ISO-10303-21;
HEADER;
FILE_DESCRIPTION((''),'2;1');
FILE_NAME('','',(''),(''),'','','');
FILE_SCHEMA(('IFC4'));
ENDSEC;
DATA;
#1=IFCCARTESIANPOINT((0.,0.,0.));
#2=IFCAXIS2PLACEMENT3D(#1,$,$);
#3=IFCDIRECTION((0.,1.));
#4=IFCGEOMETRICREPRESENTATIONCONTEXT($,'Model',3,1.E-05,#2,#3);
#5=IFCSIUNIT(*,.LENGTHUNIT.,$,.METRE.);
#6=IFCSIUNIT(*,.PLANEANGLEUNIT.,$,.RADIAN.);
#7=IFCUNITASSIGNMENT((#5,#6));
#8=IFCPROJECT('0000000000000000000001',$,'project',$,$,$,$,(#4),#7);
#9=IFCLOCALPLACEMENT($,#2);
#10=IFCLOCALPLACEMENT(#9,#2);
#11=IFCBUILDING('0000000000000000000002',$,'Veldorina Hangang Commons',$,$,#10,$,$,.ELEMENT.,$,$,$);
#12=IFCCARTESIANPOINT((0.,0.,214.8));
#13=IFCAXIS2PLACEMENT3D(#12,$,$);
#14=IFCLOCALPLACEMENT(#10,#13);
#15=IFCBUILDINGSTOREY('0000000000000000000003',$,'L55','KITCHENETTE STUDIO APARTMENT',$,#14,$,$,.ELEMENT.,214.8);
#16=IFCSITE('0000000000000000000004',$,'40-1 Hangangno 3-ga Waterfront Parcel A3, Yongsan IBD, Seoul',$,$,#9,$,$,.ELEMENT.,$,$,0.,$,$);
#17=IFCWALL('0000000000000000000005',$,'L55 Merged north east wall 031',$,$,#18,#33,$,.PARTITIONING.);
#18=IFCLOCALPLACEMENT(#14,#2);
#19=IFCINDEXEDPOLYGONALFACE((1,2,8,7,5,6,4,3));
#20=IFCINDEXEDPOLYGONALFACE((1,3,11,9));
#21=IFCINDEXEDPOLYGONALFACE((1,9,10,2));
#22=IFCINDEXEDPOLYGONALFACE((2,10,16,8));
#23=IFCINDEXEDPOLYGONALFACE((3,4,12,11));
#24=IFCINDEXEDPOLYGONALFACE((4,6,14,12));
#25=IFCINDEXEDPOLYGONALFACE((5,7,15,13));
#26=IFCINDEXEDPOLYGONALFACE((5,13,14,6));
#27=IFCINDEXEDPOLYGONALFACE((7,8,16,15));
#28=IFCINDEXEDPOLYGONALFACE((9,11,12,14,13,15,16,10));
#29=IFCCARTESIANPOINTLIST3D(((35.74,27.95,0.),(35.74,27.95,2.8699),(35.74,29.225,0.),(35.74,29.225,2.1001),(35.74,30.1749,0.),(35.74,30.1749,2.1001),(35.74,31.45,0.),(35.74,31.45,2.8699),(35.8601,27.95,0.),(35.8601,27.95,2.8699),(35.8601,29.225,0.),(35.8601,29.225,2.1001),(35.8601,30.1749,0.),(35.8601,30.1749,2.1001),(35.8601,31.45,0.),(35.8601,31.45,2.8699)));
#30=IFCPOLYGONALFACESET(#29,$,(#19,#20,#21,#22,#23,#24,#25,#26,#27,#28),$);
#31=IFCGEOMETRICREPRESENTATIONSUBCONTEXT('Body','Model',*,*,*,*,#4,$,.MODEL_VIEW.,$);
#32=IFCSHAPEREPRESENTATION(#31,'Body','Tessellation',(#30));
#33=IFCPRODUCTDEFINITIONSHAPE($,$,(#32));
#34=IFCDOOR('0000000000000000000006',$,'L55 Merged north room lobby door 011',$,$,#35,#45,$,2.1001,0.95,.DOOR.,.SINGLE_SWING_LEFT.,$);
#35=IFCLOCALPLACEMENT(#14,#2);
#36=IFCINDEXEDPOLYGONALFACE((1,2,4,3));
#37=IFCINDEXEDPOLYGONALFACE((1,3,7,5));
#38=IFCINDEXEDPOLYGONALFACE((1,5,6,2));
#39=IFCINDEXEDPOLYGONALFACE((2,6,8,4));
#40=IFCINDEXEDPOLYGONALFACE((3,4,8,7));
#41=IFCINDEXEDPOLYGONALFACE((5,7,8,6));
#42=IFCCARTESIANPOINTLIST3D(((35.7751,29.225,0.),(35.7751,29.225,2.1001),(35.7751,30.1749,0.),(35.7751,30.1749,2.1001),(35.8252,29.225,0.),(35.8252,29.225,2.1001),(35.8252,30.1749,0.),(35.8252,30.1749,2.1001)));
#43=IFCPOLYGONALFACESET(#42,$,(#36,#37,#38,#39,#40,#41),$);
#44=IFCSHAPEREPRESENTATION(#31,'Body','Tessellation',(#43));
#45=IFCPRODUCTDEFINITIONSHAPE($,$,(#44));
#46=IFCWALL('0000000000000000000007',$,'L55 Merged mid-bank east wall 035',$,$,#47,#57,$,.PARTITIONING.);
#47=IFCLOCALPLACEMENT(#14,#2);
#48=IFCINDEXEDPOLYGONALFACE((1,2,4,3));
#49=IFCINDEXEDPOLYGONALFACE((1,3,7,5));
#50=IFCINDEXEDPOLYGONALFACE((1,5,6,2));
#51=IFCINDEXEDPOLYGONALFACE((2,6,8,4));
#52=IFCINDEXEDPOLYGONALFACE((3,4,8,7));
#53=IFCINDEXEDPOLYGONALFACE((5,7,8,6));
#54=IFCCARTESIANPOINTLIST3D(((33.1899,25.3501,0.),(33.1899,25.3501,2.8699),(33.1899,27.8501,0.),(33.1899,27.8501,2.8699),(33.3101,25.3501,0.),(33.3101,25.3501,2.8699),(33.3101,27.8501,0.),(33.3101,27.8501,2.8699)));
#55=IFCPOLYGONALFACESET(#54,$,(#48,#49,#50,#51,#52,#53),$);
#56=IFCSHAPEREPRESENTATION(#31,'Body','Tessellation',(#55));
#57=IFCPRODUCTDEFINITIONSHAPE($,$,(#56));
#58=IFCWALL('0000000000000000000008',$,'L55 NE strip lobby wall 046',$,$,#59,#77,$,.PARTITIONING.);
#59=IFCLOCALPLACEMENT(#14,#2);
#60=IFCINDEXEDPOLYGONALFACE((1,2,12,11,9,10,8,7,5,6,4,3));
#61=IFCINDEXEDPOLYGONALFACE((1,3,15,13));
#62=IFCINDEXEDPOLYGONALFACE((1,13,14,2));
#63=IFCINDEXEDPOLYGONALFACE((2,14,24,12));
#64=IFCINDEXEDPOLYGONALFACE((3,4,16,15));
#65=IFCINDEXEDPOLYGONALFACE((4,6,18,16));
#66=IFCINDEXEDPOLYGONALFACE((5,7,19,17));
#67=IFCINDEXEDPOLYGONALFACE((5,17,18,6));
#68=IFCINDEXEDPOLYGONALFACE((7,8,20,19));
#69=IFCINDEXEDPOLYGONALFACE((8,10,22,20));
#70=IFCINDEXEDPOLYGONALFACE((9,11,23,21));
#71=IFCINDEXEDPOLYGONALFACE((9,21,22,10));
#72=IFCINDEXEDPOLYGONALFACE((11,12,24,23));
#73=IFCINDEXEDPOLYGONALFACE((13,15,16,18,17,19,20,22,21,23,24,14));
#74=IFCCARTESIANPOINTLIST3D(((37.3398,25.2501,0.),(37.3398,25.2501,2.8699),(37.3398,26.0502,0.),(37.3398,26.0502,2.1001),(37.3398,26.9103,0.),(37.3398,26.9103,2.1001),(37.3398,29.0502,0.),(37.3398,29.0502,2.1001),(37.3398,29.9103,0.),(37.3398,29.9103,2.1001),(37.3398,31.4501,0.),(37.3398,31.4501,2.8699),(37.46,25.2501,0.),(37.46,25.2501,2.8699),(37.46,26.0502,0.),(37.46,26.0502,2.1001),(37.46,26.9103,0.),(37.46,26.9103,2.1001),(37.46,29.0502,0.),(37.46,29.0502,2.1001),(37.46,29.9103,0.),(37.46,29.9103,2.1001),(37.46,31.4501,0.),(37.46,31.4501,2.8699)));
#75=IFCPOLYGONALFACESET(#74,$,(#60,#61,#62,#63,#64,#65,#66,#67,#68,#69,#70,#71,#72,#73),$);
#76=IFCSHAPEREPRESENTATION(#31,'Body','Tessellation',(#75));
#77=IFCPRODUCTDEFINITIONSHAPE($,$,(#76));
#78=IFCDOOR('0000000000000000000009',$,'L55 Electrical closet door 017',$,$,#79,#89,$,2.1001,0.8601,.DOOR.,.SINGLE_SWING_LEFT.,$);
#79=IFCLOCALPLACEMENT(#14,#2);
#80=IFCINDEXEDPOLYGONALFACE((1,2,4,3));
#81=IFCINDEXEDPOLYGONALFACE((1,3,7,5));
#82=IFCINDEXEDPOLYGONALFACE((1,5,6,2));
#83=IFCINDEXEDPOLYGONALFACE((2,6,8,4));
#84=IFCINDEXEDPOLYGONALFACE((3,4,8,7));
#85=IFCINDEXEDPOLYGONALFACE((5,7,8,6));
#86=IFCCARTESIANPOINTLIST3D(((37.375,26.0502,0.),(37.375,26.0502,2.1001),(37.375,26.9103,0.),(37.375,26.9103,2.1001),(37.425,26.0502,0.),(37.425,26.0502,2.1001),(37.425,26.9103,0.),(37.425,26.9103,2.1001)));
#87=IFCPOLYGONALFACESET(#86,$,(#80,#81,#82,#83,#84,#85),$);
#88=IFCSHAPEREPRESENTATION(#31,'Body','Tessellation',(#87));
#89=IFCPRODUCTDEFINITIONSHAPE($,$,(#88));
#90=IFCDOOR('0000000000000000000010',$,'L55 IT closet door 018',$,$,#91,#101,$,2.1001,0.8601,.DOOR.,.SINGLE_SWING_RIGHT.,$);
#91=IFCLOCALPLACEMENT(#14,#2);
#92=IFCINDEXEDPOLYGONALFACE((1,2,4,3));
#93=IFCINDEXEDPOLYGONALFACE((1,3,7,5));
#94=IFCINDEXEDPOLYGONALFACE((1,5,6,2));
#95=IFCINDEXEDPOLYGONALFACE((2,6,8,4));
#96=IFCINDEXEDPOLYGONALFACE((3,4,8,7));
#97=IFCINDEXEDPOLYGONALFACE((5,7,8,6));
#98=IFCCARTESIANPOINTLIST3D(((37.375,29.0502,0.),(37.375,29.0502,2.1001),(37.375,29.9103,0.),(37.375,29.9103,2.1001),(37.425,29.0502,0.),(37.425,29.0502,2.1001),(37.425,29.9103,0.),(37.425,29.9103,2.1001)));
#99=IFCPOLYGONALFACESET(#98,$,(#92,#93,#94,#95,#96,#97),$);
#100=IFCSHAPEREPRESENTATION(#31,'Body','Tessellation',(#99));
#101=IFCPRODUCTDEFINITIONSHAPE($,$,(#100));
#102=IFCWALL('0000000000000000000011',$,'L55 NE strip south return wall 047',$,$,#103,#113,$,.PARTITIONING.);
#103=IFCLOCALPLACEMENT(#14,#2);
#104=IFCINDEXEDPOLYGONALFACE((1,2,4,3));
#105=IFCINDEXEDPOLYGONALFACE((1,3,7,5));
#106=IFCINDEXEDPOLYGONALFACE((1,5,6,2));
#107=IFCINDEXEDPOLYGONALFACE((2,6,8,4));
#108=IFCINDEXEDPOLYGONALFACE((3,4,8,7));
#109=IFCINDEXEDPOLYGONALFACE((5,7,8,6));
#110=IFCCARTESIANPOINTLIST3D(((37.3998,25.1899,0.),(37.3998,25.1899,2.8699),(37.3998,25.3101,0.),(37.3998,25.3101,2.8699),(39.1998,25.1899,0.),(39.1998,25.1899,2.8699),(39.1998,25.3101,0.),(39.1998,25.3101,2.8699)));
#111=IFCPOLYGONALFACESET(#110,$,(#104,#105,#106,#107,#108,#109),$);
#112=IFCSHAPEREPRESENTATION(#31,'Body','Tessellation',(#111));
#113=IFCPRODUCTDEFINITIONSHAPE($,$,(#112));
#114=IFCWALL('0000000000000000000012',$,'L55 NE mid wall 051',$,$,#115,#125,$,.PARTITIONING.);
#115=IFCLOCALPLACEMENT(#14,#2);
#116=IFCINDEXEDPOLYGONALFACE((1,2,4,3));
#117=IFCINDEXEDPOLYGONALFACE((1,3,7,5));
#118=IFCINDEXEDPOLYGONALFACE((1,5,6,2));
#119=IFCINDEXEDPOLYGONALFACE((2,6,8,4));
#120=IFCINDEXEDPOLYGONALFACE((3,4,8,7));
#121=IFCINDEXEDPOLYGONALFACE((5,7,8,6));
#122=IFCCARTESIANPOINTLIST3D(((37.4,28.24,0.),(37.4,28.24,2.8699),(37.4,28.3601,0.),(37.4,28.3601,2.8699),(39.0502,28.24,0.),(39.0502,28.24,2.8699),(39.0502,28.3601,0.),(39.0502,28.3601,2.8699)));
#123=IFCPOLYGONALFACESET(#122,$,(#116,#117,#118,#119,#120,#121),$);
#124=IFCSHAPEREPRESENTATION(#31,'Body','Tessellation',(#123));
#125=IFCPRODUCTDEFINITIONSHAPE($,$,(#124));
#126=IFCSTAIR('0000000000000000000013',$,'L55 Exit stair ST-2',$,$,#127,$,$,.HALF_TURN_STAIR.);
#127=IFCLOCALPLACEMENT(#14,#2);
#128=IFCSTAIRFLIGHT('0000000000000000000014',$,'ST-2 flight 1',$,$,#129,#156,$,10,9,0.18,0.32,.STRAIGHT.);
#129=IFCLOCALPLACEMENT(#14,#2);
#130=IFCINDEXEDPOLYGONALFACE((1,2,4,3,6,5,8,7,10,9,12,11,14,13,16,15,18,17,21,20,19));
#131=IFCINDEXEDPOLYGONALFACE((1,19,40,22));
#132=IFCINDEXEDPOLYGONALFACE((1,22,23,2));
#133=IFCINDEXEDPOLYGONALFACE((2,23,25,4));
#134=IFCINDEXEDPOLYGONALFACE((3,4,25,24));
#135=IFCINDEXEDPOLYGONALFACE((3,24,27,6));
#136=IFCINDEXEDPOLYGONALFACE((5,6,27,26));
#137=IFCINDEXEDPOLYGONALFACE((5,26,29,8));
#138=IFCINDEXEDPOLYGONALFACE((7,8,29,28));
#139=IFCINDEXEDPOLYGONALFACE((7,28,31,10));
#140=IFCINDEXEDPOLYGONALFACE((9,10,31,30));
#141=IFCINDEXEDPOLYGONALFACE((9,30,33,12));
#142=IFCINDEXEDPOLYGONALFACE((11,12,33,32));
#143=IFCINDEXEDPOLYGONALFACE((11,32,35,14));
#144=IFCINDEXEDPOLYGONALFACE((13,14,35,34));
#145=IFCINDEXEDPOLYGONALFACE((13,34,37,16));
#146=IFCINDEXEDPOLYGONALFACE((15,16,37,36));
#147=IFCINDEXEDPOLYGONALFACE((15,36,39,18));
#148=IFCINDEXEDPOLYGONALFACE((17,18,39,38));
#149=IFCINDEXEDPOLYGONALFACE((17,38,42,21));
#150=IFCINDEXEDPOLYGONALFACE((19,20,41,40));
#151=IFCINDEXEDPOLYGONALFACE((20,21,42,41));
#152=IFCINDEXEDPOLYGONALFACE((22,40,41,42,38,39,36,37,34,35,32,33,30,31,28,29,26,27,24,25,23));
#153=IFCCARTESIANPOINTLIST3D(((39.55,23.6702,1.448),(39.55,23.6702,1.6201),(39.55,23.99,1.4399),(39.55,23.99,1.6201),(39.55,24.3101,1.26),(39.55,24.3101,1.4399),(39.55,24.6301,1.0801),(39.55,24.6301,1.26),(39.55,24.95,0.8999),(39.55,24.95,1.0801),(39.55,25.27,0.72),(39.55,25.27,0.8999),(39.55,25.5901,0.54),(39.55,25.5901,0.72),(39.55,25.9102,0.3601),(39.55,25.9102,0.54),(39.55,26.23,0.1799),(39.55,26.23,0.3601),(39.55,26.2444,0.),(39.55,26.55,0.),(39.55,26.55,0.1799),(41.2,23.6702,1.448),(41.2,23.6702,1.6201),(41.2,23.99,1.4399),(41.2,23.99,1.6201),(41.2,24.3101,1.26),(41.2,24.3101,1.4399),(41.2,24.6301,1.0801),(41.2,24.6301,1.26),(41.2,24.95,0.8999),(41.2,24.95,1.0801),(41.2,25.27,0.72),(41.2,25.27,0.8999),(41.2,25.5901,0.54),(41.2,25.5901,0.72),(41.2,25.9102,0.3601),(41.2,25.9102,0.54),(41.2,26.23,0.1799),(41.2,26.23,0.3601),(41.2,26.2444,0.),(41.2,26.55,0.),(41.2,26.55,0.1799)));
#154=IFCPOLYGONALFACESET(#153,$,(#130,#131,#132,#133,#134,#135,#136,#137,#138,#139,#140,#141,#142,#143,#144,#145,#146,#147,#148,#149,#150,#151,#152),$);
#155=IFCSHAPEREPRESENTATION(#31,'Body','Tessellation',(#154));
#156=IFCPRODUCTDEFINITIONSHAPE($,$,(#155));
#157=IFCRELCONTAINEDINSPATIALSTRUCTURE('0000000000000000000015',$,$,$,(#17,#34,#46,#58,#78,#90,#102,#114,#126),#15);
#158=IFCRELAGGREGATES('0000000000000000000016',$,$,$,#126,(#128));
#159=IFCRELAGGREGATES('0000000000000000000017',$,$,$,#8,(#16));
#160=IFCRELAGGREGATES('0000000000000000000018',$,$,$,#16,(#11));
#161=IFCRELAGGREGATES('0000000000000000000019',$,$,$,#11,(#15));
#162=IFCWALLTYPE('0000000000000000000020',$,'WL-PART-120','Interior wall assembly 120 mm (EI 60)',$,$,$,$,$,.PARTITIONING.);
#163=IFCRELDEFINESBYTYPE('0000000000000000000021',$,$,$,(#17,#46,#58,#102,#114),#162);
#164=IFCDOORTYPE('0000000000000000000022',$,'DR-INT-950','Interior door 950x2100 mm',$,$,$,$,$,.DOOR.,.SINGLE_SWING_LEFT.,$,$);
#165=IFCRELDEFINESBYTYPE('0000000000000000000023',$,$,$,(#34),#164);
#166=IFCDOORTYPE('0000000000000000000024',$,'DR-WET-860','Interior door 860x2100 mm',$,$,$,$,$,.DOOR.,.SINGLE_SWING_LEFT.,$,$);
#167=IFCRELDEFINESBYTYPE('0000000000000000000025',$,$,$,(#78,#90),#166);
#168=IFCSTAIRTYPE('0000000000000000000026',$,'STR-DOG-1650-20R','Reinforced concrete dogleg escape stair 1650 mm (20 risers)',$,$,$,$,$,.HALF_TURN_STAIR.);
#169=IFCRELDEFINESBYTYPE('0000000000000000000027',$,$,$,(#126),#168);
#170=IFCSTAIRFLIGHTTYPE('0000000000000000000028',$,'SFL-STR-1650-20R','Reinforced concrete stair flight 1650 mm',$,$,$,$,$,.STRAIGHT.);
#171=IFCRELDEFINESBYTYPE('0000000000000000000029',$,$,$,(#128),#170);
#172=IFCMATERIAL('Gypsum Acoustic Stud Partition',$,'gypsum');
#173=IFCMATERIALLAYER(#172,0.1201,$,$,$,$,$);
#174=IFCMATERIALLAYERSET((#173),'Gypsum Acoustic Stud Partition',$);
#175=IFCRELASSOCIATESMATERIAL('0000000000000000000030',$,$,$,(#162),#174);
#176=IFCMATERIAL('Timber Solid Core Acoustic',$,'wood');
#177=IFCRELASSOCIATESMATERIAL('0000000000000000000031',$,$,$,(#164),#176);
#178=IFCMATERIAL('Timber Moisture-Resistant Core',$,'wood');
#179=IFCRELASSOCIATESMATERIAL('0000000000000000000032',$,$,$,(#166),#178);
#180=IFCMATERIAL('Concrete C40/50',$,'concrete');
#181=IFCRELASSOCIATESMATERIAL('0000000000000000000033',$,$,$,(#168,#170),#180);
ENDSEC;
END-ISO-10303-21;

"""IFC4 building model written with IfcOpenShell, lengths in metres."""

from ifc_helpers import new_model, si_unit, direction, frame, frame_2d, origin, place, context, subcontext, project, spatial, polyline, rectangle, outline, extrude, material, layer, layer_set, type_object, element, fill, aggregate, save


model = new_model("IFC4")

# Units and contexts
model_context = context("Model", 3, precision=1e-05, world=origin(), true_north=direction((0.0, 1.0)))
body_context = subcontext(model_context, "Body", "Model", "MODEL_VIEW")
ifc_project = project(units=[si_unit("LENGTHUNIT", "METRE"), si_unit("PLANEANGLEUNIT", "RADIAN")], contexts=[model_context])

# Site, building, storey
site_placement = place(None, origin())
site = spatial("IfcSite", under=ifc_project, at=site_placement, Name="40-1 Hangangno 3-ga Waterfront Parcel A3, Yongsan IBD, Seoul", CompositionType="ELEMENT", RefElevation=0.0)
building_placement = place(site_placement, origin())
building = spatial("IfcBuilding", under=site, at=building_placement, Name="Veldorina Hangang Commons", CompositionType="ELEMENT")
storey_placement = place(building_placement, frame((0.0, 0.0, 214.8)))
storey = spatial("IfcBuildingStorey", under=building, at=storey_placement, Name="L55", Description="KITCHENETTE STUDIO APARTMENT", CompositionType="ELEMENT", Elevation=214.8)

# Wall, opening, door
ifc_material_1 = material(Name="Gypsum Acoustic Stud Partition", Category="gypsum")
ifc_layer_1 = layer(ifc_material_1, 0.1201)
ifc_layer_set_1 = layer_set([ifc_layer_1], Name="Gypsum Acoustic Stud Partition")
wall_type_1 = type_object("IfcWallType", Name="WL-PART-120", Description="Interior wall assembly 120 mm (EI 60)", PredefinedType="PARTITIONING", material=ifc_layer_set_1)
wall_1_placement = place(storey_placement, frame((35.8, 27.95, 0.0), z_axis=(0.0, 0.0, 1.0), x_axis=(0.0, 1.0, 0.0)))
wall_1 = element("IfcWall", 1, at=wall_1_placement, inside=storey, type_object=wall_type_1, Name="L55 Merged north east wall 031", PredefinedType="PARTITIONING", context=body_context, shape_type="SweptSolid", body=[
    extrude(rectangle(XDim=3.5, YDim=0.1201, at=frame_2d((1.75, 0.0))), origin(), (0.0, 0.0, 1.0), 2.8699),
])
opening_1_placement = place(wall_1_placement, frame((1.2749, 0.0, 0.0)))
opening_1 = element("IfcOpeningElement", 2, at=opening_1_placement, cuts=wall_1, PredefinedType="OPENING", context=body_context, shape_type="SweptSolid", body=[
    extrude(rectangle(XDim=0.95, YDim=2.1001, at=frame_2d((0.4751, 1.05))), frame((0.0, 0.0701, 0.0), z_axis=(0.0, -1.0, 0.0), x_axis=(1.0, 0.0, 0.0)), (0.0, 0.0, 1.0), 0.1401),
])
ifc_material_2 = material(Name="Timber Solid Core Acoustic", Category="wood")
door_type_1 = type_object("IfcDoorType", Name="DR-INT-950", Description="Interior door 950x2100 mm", OperationType="SINGLE_SWING_LEFT", PredefinedType="DOOR", material=ifc_material_2)
door_1_placement = place(opening_1_placement, origin())
door_1 = element("IfcDoor", 3, at=door_1_placement, inside=storey, type_object=door_type_1, Name="L55 Merged north room lobby door 011", OperationType="SINGLE_SWING_LEFT", OverallHeight=2.1001, OverallWidth=0.95, PredefinedType="DOOR", context=body_context, shape_type="SweptSolid", body=[
    extrude(rectangle(XDim=0.95, YDim=2.1001, at=frame_2d((0.4751, 1.05))), frame((0.0, 0.0249, 0.0), z_axis=(0.0, -1.0, 0.0), x_axis=(1.0, 0.0, 0.0)), (0.0, 0.0, 1.0), 0.05),
])
fill(opening_1, door_1)

# Wall
wall_2_placement = place(storey_placement, frame((33.25, 25.3501, 0.0), z_axis=(0.0, 0.0, 1.0), x_axis=(0.0, 1.0, 0.0)))
element("IfcWall", 4, at=wall_2_placement, inside=storey, type_object=wall_type_1, Name="L55 Merged mid-bank east wall 035", PredefinedType="PARTITIONING", context=body_context, shape_type="SweptSolid", body=[
    extrude(rectangle(XDim=2.5, YDim=0.1201, at=frame_2d((1.25, 0.0))), origin(), (0.0, 0.0, 1.0), 2.8699),
])

# Wall, openings, doors
wall_3_placement = place(storey_placement, frame((37.3999, 25.25, 0.0), z_axis=(0.0, 0.0, 1.0), x_axis=(0.0, 1.0, 0.0)))
wall_3 = element("IfcWall", 5, at=wall_3_placement, inside=storey, type_object=wall_type_1, Name="L55 NE strip lobby wall 046", PredefinedType="PARTITIONING", context=body_context, shape_type="SweptSolid", body=[
    extrude(rectangle(XDim=6.2, YDim=0.1201, at=frame_2d((3.1001, 0.0))), origin(), (0.0, 0.0, 1.0), 2.8699),
])
opening_2_placement = place(wall_3_placement, frame((0.8, 0.0, 0.0)))
opening_2 = element("IfcOpeningElement", 6, at=opening_2_placement, cuts=wall_3, PredefinedType="OPENING", context=body_context, shape_type="SweptSolid", body=[
    extrude(rectangle(XDim=0.8601, YDim=2.1001, at=frame_2d((0.4302, 1.05))), frame((0.0, 0.0701, 0.0), z_axis=(0.0, -1.0, 0.0), x_axis=(1.0, 0.0, 0.0)), (0.0, 0.0, 1.0), 0.1401),
])
opening_3_placement = place(wall_3_placement, frame((3.8, 0.0, 0.0)))
opening_3 = element("IfcOpeningElement", 7, at=opening_3_placement, cuts=wall_3, PredefinedType="OPENING", context=body_context, shape_type="SweptSolid", body=[
    extrude(rectangle(XDim=0.8601, YDim=2.1001, at=frame_2d((0.4302, 1.05))), frame((0.0, 0.0701, 0.0), z_axis=(0.0, -1.0, 0.0), x_axis=(1.0, 0.0, 0.0)), (0.0, 0.0, 1.0), 0.1401),
])
ifc_material_3 = material(Name="Timber Moisture-Resistant Core", Category="wood")
door_type_2 = type_object("IfcDoorType", Name="DR-WET-860", Description="Interior door 860x2100 mm", OperationType="SINGLE_SWING_LEFT", PredefinedType="DOOR", material=ifc_material_3)
door_2_placement = place(opening_2_placement, origin())
door_2 = element("IfcDoor", 8, at=door_2_placement, inside=storey, type_object=door_type_2, Name="L55 Electrical closet door 017", OperationType="SINGLE_SWING_LEFT", OverallHeight=2.1001, OverallWidth=0.8601, PredefinedType="DOOR", context=body_context, shape_type="SweptSolid", body=[
    extrude(rectangle(XDim=0.8601, YDim=2.1001, at=frame_2d((0.4302, 1.05))), frame((0.0, 0.0249, 0.0), z_axis=(0.0, -1.0, 0.0), x_axis=(1.0, 0.0, 0.0)), (0.0, 0.0, 1.0), 0.05),
])
fill(opening_2, door_2)
door_3_placement = place(opening_3_placement, origin())
door_3 = element("IfcDoor", 9, at=door_3_placement, inside=storey, type_object=door_type_2, Name="L55 IT closet door 018", OperationType="SINGLE_SWING_RIGHT", OverallHeight=2.1001, OverallWidth=0.8601, PredefinedType="DOOR", context=body_context, shape_type="SweptSolid", body=[
    extrude(rectangle(XDim=0.8601, YDim=2.1001, at=frame_2d((0.4302, 1.05))), frame((0.0, 0.0249, 0.0), z_axis=(0.0, -1.0, 0.0), x_axis=(1.0, 0.0, 0.0)), (0.0, 0.0, 1.0), 0.05),
])
fill(opening_3, door_3)

# Walls
wall_4_placement = place(storey_placement, frame((37.3999, 25.25, 0.0), z_axis=(0.0, 0.0, 1.0), x_axis=(1.0, 0.0, 0.0)))
element("IfcWall", 10, at=wall_4_placement, inside=storey, type_object=wall_type_1, Name="L55 NE strip south return wall 047", PredefinedType="PARTITIONING", context=body_context, shape_type="SweptSolid", body=[
    extrude(rectangle(XDim=1.8, YDim=0.1201, at=frame_2d((0.8999, 0.0))), origin(), (0.0, 0.0, 1.0), 2.8699),
])
wall_5_placement = place(storey_placement, frame((37.3999, 28.3, 0.0), z_axis=(0.0, 0.0, 1.0), x_axis=(1.0, 0.0, 0.0)))
element("IfcWall", 11, at=wall_5_placement, inside=storey, type_object=wall_type_1, Name="L55 NE mid wall 051", PredefinedType="PARTITIONING", context=body_context, shape_type="SweptSolid", body=[
    extrude(rectangle(XDim=1.6501, YDim=0.1201, at=frame_2d((0.8252, 0.0))), origin(), (0.0, 0.0, 1.0), 2.8699),
])

# Stair, stair flight
ifc_material_4 = material(Name="Concrete C40/50", Category="concrete")
stair_type = type_object("IfcStairType", Name="STR-DOG-1650-20R", Description="Reinforced concrete dogleg escape stair 1650 mm (20 risers)", PredefinedType="HALF_TURN_STAIR", material=ifc_material_4)
stair_placement = place(storey_placement, origin())
stair = element("IfcStair", 12, at=stair_placement, inside=storey, type_object=stair_type, Name="L55 Exit stair ST-2", PredefinedType="HALF_TURN_STAIR")
stair_flight_type = type_object("IfcStairFlightType", Name="SFL-STR-1650-20R", Description="Reinforced concrete stair flight 1650 mm", PredefinedType="STRAIGHT", material=ifc_material_4)
stair_flight_placement = place(storey_placement, frame((40.375, 26.55, 0.0), z_axis=(0.0, 0.0, 1.0), x_axis=(0.0, -1.0, 0.0)))
stair_flight = element("IfcStairFlight", 13, at=stair_flight_placement, type_object=stair_flight_type, Name="ST-2 flight 1", NumberOfRisers=10, NumberOfTreads=9, PredefinedType="STRAIGHT", RiserHeight=0.18, TreadLength=0.32, context=body_context, shape_type="SweptSolid", body=[
    extrude(outline(polyline([(0.0, 0.0), (0.0, 0.1799), (0.3201, 0.1799), (0.3201, 0.3601), (0.6399, 0.3601), (0.6399, 0.54), (0.96, 0.54), (0.96, 0.72), (1.28, 0.72), (1.28, 0.8999), (1.6001, 0.8999), (1.6001, 1.0801), (1.9199, 1.0801), (1.9199, 1.26), (2.24, 1.26), (2.24, 1.4399), (2.5601, 1.4399), (2.5601, 1.6201), (2.8799, 1.6201), (2.8799, 1.8), (2.8799, 1.448), (0.3057, 0.0), (0.0, 0.0)])), frame((0.0, 0.825, 0.0), z_axis=(0.0, -1.0, 0.0), x_axis=(1.0, 0.0, 0.0)), (0.0, 0.0, 1.0), 1.6499),
])
aggregate(stair, [stair_flight])

save(model, "model.ifc")
